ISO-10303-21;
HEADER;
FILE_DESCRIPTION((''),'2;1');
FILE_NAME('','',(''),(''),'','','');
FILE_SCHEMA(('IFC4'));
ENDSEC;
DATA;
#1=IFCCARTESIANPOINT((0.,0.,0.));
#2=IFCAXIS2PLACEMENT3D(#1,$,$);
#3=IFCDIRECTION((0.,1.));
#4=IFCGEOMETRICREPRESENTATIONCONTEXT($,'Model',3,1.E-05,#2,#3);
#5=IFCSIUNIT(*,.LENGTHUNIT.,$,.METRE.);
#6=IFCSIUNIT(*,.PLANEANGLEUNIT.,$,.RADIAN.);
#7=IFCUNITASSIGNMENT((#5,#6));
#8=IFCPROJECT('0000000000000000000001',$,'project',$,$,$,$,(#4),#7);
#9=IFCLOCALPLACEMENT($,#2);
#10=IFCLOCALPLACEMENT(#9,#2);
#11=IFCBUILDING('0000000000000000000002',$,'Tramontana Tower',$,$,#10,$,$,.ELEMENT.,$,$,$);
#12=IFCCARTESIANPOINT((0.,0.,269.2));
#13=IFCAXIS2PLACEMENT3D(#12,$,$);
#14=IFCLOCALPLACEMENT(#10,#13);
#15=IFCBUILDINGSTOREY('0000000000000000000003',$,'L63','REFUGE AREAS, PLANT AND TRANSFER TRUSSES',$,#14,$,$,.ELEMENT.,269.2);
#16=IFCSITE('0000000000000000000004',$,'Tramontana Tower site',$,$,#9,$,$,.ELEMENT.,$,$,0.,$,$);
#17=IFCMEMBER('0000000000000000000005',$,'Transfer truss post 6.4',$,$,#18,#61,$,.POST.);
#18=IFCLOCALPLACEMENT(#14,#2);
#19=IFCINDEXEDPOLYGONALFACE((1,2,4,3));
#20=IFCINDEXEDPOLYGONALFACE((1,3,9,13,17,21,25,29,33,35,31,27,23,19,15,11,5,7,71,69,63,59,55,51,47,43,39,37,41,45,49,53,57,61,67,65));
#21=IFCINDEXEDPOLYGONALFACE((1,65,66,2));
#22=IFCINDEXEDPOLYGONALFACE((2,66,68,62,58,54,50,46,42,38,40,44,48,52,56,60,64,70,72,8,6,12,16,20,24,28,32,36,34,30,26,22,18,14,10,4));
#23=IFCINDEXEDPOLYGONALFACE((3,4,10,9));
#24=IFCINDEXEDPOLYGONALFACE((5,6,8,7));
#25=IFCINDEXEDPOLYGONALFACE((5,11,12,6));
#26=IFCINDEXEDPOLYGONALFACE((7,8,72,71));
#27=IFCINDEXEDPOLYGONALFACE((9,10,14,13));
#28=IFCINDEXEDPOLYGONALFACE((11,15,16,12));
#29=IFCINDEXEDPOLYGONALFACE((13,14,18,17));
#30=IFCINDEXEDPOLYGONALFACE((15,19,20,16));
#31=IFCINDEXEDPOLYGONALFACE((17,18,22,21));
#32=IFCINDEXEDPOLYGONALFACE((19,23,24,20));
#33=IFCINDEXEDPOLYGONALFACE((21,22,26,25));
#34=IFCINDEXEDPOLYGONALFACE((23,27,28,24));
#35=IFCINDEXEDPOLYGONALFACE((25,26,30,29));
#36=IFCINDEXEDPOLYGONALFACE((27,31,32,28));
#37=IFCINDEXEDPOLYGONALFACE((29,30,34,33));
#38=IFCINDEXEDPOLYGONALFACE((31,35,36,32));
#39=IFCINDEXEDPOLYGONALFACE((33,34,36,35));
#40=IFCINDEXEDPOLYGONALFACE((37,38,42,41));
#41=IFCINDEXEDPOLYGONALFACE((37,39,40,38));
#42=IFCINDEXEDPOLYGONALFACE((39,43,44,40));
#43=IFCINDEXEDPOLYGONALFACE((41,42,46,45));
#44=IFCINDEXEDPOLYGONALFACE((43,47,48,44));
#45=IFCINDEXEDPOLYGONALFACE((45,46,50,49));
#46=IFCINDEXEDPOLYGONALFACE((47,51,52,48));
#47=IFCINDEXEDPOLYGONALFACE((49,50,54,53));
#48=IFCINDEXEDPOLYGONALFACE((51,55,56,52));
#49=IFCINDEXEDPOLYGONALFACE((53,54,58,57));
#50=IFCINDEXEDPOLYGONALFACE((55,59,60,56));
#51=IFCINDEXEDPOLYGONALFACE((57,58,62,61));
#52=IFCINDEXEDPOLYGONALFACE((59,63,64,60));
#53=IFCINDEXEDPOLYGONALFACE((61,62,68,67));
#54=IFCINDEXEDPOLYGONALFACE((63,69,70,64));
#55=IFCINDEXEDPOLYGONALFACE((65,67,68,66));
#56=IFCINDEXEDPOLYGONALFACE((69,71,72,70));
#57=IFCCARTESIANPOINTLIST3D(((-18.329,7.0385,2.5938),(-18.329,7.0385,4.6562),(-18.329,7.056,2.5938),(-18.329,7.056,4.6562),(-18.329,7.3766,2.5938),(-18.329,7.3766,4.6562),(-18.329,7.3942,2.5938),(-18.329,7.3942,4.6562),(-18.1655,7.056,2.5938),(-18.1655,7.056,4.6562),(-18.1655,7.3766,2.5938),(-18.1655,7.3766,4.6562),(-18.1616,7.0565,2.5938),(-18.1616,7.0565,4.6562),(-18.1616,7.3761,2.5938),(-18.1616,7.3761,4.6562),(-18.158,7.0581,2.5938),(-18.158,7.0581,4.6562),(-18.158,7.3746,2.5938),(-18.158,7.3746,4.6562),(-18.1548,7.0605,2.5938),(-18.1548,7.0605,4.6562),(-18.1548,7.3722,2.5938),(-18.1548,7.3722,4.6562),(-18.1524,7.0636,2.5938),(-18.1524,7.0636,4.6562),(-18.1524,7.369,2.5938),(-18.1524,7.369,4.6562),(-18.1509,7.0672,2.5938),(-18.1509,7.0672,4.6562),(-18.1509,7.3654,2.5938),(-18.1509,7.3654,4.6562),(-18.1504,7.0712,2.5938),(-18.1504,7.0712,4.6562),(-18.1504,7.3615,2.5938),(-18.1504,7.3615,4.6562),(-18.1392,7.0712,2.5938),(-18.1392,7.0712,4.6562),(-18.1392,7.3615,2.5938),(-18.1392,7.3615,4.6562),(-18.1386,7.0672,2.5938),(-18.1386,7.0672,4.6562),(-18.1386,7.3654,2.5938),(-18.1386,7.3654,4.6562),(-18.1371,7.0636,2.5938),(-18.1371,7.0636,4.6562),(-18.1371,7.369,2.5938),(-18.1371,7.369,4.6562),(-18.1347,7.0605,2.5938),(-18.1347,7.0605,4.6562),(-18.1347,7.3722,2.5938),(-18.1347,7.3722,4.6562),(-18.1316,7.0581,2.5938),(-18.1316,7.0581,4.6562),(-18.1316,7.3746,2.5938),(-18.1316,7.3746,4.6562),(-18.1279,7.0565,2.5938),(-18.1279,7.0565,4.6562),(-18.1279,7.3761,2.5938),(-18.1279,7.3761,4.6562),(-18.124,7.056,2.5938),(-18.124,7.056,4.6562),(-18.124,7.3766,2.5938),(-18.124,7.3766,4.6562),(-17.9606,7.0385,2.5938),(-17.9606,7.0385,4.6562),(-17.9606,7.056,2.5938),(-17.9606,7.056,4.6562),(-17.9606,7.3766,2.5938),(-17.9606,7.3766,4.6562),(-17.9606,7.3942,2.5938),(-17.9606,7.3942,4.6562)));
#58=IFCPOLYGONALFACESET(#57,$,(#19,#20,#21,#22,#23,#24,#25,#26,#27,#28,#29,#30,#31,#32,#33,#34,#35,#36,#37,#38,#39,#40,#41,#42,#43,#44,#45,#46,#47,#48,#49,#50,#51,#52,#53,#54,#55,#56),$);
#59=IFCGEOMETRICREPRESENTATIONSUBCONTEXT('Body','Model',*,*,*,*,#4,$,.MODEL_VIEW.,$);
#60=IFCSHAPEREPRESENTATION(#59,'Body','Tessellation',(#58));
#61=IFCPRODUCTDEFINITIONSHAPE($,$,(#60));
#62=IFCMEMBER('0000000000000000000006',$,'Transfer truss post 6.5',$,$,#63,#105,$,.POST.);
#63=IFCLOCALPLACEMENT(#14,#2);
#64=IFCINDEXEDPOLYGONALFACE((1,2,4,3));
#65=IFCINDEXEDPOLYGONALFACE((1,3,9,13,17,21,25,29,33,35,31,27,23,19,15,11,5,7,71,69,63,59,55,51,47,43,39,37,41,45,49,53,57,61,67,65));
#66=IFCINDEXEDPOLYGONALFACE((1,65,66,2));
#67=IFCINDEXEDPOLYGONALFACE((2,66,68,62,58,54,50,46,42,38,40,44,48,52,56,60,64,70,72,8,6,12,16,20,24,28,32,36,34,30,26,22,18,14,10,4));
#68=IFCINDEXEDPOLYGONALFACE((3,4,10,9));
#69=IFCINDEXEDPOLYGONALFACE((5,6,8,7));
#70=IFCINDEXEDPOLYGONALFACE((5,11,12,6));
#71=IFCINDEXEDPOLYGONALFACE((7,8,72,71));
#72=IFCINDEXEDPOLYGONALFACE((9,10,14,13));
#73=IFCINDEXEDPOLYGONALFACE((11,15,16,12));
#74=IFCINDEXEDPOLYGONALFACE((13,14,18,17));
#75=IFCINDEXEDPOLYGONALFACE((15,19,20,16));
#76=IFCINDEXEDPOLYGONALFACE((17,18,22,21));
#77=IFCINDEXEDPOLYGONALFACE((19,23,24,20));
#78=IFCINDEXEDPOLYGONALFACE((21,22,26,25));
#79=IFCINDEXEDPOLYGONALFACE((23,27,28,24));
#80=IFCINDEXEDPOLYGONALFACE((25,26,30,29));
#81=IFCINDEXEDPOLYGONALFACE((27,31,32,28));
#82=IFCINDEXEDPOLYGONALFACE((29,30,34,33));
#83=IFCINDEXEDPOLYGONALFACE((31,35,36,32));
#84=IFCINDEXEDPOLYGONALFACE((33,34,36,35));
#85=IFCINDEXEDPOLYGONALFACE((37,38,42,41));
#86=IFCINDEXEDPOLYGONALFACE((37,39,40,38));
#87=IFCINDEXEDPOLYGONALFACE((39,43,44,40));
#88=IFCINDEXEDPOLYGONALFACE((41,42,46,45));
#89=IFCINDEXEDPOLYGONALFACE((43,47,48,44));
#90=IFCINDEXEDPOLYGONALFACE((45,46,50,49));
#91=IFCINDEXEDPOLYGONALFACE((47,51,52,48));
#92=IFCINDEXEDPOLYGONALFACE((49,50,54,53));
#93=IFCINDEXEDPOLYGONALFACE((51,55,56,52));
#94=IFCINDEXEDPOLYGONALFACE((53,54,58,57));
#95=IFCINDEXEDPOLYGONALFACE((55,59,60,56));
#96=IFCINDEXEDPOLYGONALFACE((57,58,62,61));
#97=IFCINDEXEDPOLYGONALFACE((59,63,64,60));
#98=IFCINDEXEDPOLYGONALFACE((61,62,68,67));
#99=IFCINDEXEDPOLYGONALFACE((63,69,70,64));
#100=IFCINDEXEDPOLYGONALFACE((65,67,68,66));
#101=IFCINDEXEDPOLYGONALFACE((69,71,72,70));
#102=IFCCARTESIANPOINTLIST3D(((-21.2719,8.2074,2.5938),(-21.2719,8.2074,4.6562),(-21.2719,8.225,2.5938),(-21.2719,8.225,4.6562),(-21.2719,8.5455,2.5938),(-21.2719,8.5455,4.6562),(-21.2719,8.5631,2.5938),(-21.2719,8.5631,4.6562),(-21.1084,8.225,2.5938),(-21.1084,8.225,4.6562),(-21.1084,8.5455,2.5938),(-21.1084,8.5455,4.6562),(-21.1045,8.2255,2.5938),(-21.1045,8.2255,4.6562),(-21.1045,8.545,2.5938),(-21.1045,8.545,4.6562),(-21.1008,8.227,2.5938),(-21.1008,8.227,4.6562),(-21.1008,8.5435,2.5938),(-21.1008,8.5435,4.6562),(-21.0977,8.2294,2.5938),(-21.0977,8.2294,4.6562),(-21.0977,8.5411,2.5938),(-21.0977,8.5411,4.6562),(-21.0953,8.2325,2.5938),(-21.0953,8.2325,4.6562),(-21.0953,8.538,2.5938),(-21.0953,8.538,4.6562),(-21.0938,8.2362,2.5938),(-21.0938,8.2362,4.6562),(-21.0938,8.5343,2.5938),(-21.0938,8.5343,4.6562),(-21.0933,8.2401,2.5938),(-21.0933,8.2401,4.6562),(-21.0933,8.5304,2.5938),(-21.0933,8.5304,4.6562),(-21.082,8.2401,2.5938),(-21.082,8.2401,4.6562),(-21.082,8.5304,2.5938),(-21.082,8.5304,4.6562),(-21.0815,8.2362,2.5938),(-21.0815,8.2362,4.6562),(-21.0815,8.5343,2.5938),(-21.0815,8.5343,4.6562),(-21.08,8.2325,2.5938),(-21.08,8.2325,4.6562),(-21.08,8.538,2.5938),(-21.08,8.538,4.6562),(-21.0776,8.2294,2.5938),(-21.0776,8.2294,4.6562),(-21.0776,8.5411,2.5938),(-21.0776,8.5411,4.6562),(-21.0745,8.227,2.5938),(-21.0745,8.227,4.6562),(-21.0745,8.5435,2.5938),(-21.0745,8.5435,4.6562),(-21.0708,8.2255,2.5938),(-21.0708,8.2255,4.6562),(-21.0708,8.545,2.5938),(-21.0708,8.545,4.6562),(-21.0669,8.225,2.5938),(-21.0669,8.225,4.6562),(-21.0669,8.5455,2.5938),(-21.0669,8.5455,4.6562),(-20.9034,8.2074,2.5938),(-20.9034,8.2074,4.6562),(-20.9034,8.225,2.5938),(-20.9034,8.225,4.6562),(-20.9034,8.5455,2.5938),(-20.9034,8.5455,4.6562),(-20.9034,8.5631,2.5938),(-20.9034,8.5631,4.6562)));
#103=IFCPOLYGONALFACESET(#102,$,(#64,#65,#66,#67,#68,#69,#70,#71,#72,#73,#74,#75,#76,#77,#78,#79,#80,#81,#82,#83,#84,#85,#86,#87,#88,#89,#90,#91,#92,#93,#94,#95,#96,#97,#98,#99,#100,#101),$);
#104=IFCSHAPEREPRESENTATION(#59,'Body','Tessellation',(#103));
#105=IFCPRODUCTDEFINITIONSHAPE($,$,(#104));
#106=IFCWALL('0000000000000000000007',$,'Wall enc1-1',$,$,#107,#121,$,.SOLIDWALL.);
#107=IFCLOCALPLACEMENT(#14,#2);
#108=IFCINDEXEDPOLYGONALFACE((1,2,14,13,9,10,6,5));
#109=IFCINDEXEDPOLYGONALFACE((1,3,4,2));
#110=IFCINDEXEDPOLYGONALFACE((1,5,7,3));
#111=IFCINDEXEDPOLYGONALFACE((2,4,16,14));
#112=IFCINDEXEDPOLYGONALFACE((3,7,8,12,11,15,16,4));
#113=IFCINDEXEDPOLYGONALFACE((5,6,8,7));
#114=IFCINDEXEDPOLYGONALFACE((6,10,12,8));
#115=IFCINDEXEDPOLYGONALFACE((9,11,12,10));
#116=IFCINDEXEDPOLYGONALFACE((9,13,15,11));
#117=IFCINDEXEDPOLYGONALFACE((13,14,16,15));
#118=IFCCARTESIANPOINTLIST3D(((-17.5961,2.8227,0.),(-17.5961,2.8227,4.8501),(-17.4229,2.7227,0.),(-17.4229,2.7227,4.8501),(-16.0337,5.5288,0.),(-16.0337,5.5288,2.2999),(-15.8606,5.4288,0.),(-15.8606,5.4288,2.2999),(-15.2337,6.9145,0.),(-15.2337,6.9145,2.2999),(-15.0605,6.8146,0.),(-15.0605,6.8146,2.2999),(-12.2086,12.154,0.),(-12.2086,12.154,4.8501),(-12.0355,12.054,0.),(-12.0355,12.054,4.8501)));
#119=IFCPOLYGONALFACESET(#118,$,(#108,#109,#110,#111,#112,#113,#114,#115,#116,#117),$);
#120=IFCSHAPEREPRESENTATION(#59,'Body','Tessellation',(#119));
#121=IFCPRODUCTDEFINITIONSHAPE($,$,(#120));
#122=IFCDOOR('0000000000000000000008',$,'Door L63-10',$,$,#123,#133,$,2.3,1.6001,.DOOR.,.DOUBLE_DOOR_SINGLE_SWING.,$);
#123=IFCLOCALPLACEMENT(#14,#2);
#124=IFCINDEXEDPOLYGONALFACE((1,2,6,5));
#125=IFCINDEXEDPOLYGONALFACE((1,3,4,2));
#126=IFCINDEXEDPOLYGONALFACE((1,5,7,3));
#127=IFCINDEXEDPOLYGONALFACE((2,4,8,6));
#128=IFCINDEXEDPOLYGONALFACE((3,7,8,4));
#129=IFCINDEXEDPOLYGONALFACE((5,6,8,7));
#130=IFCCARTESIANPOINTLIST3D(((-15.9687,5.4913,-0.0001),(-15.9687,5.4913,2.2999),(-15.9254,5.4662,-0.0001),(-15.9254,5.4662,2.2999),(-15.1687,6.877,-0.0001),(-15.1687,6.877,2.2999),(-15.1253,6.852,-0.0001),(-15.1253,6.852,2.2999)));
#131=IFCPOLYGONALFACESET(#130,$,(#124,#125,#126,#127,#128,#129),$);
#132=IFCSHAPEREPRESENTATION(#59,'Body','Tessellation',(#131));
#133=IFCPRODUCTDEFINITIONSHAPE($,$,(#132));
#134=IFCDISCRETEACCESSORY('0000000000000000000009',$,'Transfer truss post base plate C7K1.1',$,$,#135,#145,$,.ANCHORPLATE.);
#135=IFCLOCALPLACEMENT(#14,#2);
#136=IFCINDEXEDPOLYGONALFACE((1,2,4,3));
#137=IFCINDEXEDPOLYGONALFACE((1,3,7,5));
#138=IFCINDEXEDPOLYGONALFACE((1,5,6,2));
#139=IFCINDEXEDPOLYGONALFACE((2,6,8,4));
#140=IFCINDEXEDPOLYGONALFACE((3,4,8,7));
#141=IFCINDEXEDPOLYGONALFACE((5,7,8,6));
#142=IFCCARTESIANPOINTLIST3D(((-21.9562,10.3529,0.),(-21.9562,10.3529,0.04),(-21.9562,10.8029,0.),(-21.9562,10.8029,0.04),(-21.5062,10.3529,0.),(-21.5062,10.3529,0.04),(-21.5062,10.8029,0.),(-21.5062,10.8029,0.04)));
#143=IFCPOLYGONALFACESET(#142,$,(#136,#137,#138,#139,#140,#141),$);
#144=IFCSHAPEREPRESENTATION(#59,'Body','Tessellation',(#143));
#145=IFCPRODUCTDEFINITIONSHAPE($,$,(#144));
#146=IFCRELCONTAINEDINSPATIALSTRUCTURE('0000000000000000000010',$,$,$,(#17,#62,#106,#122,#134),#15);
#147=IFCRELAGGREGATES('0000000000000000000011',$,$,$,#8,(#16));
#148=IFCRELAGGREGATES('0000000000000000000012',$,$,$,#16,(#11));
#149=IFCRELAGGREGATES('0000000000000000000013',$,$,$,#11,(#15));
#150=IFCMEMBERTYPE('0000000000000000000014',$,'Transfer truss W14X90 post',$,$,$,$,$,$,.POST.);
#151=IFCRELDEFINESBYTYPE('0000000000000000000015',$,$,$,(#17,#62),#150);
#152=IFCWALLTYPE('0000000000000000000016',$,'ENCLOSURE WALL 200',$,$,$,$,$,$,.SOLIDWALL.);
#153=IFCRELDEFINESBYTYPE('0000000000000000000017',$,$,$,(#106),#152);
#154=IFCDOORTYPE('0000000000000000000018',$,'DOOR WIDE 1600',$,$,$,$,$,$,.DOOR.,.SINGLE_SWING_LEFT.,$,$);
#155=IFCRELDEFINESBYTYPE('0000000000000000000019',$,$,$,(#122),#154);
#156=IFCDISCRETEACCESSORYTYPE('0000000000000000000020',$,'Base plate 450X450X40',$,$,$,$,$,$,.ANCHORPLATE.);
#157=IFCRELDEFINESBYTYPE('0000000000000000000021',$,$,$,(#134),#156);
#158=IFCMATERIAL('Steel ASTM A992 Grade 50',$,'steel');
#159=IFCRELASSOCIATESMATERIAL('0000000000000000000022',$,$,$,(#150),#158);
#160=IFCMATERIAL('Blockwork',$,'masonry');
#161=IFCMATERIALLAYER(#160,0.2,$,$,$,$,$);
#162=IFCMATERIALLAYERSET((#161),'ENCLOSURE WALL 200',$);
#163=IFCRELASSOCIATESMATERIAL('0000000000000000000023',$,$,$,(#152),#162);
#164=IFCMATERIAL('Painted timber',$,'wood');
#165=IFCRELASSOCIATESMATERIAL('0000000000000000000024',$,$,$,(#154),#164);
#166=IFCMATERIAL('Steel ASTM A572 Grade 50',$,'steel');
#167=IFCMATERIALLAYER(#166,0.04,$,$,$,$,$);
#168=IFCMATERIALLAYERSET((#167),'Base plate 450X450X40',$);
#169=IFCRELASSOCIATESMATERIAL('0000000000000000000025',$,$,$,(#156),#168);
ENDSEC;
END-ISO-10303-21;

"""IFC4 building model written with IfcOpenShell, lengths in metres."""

from ifc_helpers import new_model, si_unit, direction, frame, frame_2d, origin, origin_2d, place, context, subcontext, project, spatial, rectangle, i_section, extrude, material, layer, layer_set, material_profile, profile_set, type_object, element, fill, save


model = new_model("IFC4")

# Units and contexts
model_context = context("Model", 3, precision=1e-05, world=origin(), true_north=direction((0.0, 1.0)))
body_context = subcontext(model_context, "Body", "Model", "MODEL_VIEW")
ifc_project = project(units=[si_unit("LENGTHUNIT", "METRE"), si_unit("PLANEANGLEUNIT", "RADIAN")], contexts=[model_context])

# Site, building, storey
site_placement = place(None, origin())
site = spatial("IfcSite", under=ifc_project, at=site_placement, Name="Tramontana Tower site", CompositionType="ELEMENT", RefElevation=0.0)
building_placement = place(site_placement, origin())
building = spatial("IfcBuilding", under=site, at=building_placement, Name="Tramontana Tower", CompositionType="ELEMENT")
storey_placement = place(building_placement, frame((0.0, 0.0, 269.2)))
storey = spatial("IfcBuildingStorey", under=building, at=storey_placement, Name="L63", Description="REFUGE AREAS, PLANT AND TRANSFER TRUSSES", CompositionType="ELEMENT", Elevation=269.2)

# Members
ifc_material_1 = material(Name="Steel ASTM A992 Grade 50", Category="steel")
ifc_material_profile_1 = material_profile(ifc_material_1, i_section(OverallWidth=0.3684, OverallDepth=0.3557, WebThickness=0.0112, FlangeThickness=0.0176, FilletRadius=0.0151, at=origin_2d()), Name="W14X90")
ifc_profile_set_1 = profile_set([ifc_material_profile_1], Name="Steel ASTM A992 Grade 50")
member_type_1 = type_object("IfcMemberType", Name="Transfer truss W14X90 post", PredefinedType="POST", material=ifc_profile_set_1)
for number, where, z_axis, x_axis, name in (
    (1, (-18.1448, 7.2163, 2.5938), (0.0, 0.0, 1.0), (1.0, 0.0, 0.0), "Transfer truss post 6.4"),
    (2, (-21.0876, 8.3853, 2.5938), (0.0, 0.0, 1.0), (1.0, 0.0, 0.0), "Transfer truss post 6.5"),
):
    element("IfcMember", number, at=place(storey_placement, frame(where, z_axis=z_axis, x_axis=x_axis)), inside=storey, type_object=member_type_1, Name=name, PredefinedType="POST", context=body_context, shape_type="SweptSolid", body=[
        extrude(i_section(OverallWidth=0.3684, OverallDepth=0.3557, WebThickness=0.0112, FlangeThickness=0.0176, FilletRadius=0.0151, at=origin_2d()), origin(), (0.0, 0.0, 1.0), 2.0625),
    ])

# Wall, opening, door
ifc_material_2 = material(Name="Blockwork", Category="masonry")
ifc_layer_1 = layer(ifc_material_2, 0.2)
ifc_layer_set_1 = layer_set([ifc_layer_1], Name="ENCLOSURE WALL 200")
wall_type = type_object("IfcWallType", Name="ENCLOSURE WALL 200", PredefinedType="SOLIDWALL", material=ifc_layer_set_1)
wall_placement = place(storey_placement, frame((-17.5095, 2.7727, 0.0), z_axis=(0.0, 0.0, 1.0), x_axis=(0.500002, 0.866024, 0.0)))
wall = element("IfcWall", 3, at=wall_placement, inside=storey, type_object=wall_type, Name="Wall enc1-1", PredefinedType="SOLIDWALL", context=body_context, shape_type="SweptSolid", body=[
    extrude(rectangle(XDim=10.7749, YDim=0.2, at=frame_2d((5.3875, 0.0))), origin(), (0.0, 0.0, 1.0), 4.8501),
])
opening_placement = place(wall_placement, frame((3.1248, 0.0, 0.0)))
opening = element("IfcOpeningElement", 4, at=opening_placement, cuts=wall, PredefinedType="OPENING", context=body_context, shape_type="SweptSolid", body=[
    extrude(rectangle(XDim=1.6001, YDim=2.3, at=frame_2d((0.8, 1.1499))), frame((0.0, 0.1099, 0.0), z_axis=(0.0, -1.0, 0.0), x_axis=(1.0, 0.0, 0.0)), (0.0, 0.0, 1.0), 0.22),
])
ifc_material_3 = material(Name="Painted timber", Category="wood")
door_type = type_object("IfcDoorType", Name="DOOR WIDE 1600", OperationType="SINGLE_SWING_LEFT", PredefinedType="DOOR", material=ifc_material_3)
door_placement = place(opening_placement, origin())
door = element("IfcDoor", 5, at=door_placement, inside=storey, type_object=door_type, Name="Door L63-10", OperationType="DOUBLE_DOOR_SINGLE_SWING", OverallHeight=2.3, OverallWidth=1.6001, PredefinedType="DOOR", context=body_context, shape_type="SweptSolid", body=[
    extrude(rectangle(XDim=1.6001, YDim=2.3, at=frame_2d((0.8, 1.1499))), frame((0.0, 0.0249, 0.0), z_axis=(0.0, -1.0, 0.0), x_axis=(1.0, 0.0, 0.0)), (0.0, 0.0, 1.0), 0.05),
])
fill(opening, door)

# Discrete accessory
ifc_material_4 = material(Name="Steel ASTM A572 Grade 50", Category="steel")
ifc_layer_2 = layer(ifc_material_4, 0.04)
ifc_layer_set_2 = layer_set([ifc_layer_2], Name="Base plate 450X450X40")
discrete_accessory_type = type_object("IfcDiscreteAccessoryType", Name="Base plate 450X450X40", PredefinedType="ANCHORPLATE", material=ifc_layer_set_2)
discrete_accessory_placement = place(storey_placement, frame((-21.7312, 10.5779, 0.0), z_axis=(0.0, 0.0, 1.0), x_axis=(1.0, 0.0, 0.0)))
element("IfcDiscreteAccessory", 6, at=discrete_accessory_placement, inside=storey, type_object=discrete_accessory_type, Name="Transfer truss post base plate C7K1.1", PredefinedType="ANCHORPLATE", context=body_context, shape_type="SweptSolid", body=[
    extrude(rectangle(XDim=0.45, YDim=0.45, at=origin_2d()), origin(), (0.0, 0.0, 1.0), 0.04),
])

save(model, "model.ifc")
